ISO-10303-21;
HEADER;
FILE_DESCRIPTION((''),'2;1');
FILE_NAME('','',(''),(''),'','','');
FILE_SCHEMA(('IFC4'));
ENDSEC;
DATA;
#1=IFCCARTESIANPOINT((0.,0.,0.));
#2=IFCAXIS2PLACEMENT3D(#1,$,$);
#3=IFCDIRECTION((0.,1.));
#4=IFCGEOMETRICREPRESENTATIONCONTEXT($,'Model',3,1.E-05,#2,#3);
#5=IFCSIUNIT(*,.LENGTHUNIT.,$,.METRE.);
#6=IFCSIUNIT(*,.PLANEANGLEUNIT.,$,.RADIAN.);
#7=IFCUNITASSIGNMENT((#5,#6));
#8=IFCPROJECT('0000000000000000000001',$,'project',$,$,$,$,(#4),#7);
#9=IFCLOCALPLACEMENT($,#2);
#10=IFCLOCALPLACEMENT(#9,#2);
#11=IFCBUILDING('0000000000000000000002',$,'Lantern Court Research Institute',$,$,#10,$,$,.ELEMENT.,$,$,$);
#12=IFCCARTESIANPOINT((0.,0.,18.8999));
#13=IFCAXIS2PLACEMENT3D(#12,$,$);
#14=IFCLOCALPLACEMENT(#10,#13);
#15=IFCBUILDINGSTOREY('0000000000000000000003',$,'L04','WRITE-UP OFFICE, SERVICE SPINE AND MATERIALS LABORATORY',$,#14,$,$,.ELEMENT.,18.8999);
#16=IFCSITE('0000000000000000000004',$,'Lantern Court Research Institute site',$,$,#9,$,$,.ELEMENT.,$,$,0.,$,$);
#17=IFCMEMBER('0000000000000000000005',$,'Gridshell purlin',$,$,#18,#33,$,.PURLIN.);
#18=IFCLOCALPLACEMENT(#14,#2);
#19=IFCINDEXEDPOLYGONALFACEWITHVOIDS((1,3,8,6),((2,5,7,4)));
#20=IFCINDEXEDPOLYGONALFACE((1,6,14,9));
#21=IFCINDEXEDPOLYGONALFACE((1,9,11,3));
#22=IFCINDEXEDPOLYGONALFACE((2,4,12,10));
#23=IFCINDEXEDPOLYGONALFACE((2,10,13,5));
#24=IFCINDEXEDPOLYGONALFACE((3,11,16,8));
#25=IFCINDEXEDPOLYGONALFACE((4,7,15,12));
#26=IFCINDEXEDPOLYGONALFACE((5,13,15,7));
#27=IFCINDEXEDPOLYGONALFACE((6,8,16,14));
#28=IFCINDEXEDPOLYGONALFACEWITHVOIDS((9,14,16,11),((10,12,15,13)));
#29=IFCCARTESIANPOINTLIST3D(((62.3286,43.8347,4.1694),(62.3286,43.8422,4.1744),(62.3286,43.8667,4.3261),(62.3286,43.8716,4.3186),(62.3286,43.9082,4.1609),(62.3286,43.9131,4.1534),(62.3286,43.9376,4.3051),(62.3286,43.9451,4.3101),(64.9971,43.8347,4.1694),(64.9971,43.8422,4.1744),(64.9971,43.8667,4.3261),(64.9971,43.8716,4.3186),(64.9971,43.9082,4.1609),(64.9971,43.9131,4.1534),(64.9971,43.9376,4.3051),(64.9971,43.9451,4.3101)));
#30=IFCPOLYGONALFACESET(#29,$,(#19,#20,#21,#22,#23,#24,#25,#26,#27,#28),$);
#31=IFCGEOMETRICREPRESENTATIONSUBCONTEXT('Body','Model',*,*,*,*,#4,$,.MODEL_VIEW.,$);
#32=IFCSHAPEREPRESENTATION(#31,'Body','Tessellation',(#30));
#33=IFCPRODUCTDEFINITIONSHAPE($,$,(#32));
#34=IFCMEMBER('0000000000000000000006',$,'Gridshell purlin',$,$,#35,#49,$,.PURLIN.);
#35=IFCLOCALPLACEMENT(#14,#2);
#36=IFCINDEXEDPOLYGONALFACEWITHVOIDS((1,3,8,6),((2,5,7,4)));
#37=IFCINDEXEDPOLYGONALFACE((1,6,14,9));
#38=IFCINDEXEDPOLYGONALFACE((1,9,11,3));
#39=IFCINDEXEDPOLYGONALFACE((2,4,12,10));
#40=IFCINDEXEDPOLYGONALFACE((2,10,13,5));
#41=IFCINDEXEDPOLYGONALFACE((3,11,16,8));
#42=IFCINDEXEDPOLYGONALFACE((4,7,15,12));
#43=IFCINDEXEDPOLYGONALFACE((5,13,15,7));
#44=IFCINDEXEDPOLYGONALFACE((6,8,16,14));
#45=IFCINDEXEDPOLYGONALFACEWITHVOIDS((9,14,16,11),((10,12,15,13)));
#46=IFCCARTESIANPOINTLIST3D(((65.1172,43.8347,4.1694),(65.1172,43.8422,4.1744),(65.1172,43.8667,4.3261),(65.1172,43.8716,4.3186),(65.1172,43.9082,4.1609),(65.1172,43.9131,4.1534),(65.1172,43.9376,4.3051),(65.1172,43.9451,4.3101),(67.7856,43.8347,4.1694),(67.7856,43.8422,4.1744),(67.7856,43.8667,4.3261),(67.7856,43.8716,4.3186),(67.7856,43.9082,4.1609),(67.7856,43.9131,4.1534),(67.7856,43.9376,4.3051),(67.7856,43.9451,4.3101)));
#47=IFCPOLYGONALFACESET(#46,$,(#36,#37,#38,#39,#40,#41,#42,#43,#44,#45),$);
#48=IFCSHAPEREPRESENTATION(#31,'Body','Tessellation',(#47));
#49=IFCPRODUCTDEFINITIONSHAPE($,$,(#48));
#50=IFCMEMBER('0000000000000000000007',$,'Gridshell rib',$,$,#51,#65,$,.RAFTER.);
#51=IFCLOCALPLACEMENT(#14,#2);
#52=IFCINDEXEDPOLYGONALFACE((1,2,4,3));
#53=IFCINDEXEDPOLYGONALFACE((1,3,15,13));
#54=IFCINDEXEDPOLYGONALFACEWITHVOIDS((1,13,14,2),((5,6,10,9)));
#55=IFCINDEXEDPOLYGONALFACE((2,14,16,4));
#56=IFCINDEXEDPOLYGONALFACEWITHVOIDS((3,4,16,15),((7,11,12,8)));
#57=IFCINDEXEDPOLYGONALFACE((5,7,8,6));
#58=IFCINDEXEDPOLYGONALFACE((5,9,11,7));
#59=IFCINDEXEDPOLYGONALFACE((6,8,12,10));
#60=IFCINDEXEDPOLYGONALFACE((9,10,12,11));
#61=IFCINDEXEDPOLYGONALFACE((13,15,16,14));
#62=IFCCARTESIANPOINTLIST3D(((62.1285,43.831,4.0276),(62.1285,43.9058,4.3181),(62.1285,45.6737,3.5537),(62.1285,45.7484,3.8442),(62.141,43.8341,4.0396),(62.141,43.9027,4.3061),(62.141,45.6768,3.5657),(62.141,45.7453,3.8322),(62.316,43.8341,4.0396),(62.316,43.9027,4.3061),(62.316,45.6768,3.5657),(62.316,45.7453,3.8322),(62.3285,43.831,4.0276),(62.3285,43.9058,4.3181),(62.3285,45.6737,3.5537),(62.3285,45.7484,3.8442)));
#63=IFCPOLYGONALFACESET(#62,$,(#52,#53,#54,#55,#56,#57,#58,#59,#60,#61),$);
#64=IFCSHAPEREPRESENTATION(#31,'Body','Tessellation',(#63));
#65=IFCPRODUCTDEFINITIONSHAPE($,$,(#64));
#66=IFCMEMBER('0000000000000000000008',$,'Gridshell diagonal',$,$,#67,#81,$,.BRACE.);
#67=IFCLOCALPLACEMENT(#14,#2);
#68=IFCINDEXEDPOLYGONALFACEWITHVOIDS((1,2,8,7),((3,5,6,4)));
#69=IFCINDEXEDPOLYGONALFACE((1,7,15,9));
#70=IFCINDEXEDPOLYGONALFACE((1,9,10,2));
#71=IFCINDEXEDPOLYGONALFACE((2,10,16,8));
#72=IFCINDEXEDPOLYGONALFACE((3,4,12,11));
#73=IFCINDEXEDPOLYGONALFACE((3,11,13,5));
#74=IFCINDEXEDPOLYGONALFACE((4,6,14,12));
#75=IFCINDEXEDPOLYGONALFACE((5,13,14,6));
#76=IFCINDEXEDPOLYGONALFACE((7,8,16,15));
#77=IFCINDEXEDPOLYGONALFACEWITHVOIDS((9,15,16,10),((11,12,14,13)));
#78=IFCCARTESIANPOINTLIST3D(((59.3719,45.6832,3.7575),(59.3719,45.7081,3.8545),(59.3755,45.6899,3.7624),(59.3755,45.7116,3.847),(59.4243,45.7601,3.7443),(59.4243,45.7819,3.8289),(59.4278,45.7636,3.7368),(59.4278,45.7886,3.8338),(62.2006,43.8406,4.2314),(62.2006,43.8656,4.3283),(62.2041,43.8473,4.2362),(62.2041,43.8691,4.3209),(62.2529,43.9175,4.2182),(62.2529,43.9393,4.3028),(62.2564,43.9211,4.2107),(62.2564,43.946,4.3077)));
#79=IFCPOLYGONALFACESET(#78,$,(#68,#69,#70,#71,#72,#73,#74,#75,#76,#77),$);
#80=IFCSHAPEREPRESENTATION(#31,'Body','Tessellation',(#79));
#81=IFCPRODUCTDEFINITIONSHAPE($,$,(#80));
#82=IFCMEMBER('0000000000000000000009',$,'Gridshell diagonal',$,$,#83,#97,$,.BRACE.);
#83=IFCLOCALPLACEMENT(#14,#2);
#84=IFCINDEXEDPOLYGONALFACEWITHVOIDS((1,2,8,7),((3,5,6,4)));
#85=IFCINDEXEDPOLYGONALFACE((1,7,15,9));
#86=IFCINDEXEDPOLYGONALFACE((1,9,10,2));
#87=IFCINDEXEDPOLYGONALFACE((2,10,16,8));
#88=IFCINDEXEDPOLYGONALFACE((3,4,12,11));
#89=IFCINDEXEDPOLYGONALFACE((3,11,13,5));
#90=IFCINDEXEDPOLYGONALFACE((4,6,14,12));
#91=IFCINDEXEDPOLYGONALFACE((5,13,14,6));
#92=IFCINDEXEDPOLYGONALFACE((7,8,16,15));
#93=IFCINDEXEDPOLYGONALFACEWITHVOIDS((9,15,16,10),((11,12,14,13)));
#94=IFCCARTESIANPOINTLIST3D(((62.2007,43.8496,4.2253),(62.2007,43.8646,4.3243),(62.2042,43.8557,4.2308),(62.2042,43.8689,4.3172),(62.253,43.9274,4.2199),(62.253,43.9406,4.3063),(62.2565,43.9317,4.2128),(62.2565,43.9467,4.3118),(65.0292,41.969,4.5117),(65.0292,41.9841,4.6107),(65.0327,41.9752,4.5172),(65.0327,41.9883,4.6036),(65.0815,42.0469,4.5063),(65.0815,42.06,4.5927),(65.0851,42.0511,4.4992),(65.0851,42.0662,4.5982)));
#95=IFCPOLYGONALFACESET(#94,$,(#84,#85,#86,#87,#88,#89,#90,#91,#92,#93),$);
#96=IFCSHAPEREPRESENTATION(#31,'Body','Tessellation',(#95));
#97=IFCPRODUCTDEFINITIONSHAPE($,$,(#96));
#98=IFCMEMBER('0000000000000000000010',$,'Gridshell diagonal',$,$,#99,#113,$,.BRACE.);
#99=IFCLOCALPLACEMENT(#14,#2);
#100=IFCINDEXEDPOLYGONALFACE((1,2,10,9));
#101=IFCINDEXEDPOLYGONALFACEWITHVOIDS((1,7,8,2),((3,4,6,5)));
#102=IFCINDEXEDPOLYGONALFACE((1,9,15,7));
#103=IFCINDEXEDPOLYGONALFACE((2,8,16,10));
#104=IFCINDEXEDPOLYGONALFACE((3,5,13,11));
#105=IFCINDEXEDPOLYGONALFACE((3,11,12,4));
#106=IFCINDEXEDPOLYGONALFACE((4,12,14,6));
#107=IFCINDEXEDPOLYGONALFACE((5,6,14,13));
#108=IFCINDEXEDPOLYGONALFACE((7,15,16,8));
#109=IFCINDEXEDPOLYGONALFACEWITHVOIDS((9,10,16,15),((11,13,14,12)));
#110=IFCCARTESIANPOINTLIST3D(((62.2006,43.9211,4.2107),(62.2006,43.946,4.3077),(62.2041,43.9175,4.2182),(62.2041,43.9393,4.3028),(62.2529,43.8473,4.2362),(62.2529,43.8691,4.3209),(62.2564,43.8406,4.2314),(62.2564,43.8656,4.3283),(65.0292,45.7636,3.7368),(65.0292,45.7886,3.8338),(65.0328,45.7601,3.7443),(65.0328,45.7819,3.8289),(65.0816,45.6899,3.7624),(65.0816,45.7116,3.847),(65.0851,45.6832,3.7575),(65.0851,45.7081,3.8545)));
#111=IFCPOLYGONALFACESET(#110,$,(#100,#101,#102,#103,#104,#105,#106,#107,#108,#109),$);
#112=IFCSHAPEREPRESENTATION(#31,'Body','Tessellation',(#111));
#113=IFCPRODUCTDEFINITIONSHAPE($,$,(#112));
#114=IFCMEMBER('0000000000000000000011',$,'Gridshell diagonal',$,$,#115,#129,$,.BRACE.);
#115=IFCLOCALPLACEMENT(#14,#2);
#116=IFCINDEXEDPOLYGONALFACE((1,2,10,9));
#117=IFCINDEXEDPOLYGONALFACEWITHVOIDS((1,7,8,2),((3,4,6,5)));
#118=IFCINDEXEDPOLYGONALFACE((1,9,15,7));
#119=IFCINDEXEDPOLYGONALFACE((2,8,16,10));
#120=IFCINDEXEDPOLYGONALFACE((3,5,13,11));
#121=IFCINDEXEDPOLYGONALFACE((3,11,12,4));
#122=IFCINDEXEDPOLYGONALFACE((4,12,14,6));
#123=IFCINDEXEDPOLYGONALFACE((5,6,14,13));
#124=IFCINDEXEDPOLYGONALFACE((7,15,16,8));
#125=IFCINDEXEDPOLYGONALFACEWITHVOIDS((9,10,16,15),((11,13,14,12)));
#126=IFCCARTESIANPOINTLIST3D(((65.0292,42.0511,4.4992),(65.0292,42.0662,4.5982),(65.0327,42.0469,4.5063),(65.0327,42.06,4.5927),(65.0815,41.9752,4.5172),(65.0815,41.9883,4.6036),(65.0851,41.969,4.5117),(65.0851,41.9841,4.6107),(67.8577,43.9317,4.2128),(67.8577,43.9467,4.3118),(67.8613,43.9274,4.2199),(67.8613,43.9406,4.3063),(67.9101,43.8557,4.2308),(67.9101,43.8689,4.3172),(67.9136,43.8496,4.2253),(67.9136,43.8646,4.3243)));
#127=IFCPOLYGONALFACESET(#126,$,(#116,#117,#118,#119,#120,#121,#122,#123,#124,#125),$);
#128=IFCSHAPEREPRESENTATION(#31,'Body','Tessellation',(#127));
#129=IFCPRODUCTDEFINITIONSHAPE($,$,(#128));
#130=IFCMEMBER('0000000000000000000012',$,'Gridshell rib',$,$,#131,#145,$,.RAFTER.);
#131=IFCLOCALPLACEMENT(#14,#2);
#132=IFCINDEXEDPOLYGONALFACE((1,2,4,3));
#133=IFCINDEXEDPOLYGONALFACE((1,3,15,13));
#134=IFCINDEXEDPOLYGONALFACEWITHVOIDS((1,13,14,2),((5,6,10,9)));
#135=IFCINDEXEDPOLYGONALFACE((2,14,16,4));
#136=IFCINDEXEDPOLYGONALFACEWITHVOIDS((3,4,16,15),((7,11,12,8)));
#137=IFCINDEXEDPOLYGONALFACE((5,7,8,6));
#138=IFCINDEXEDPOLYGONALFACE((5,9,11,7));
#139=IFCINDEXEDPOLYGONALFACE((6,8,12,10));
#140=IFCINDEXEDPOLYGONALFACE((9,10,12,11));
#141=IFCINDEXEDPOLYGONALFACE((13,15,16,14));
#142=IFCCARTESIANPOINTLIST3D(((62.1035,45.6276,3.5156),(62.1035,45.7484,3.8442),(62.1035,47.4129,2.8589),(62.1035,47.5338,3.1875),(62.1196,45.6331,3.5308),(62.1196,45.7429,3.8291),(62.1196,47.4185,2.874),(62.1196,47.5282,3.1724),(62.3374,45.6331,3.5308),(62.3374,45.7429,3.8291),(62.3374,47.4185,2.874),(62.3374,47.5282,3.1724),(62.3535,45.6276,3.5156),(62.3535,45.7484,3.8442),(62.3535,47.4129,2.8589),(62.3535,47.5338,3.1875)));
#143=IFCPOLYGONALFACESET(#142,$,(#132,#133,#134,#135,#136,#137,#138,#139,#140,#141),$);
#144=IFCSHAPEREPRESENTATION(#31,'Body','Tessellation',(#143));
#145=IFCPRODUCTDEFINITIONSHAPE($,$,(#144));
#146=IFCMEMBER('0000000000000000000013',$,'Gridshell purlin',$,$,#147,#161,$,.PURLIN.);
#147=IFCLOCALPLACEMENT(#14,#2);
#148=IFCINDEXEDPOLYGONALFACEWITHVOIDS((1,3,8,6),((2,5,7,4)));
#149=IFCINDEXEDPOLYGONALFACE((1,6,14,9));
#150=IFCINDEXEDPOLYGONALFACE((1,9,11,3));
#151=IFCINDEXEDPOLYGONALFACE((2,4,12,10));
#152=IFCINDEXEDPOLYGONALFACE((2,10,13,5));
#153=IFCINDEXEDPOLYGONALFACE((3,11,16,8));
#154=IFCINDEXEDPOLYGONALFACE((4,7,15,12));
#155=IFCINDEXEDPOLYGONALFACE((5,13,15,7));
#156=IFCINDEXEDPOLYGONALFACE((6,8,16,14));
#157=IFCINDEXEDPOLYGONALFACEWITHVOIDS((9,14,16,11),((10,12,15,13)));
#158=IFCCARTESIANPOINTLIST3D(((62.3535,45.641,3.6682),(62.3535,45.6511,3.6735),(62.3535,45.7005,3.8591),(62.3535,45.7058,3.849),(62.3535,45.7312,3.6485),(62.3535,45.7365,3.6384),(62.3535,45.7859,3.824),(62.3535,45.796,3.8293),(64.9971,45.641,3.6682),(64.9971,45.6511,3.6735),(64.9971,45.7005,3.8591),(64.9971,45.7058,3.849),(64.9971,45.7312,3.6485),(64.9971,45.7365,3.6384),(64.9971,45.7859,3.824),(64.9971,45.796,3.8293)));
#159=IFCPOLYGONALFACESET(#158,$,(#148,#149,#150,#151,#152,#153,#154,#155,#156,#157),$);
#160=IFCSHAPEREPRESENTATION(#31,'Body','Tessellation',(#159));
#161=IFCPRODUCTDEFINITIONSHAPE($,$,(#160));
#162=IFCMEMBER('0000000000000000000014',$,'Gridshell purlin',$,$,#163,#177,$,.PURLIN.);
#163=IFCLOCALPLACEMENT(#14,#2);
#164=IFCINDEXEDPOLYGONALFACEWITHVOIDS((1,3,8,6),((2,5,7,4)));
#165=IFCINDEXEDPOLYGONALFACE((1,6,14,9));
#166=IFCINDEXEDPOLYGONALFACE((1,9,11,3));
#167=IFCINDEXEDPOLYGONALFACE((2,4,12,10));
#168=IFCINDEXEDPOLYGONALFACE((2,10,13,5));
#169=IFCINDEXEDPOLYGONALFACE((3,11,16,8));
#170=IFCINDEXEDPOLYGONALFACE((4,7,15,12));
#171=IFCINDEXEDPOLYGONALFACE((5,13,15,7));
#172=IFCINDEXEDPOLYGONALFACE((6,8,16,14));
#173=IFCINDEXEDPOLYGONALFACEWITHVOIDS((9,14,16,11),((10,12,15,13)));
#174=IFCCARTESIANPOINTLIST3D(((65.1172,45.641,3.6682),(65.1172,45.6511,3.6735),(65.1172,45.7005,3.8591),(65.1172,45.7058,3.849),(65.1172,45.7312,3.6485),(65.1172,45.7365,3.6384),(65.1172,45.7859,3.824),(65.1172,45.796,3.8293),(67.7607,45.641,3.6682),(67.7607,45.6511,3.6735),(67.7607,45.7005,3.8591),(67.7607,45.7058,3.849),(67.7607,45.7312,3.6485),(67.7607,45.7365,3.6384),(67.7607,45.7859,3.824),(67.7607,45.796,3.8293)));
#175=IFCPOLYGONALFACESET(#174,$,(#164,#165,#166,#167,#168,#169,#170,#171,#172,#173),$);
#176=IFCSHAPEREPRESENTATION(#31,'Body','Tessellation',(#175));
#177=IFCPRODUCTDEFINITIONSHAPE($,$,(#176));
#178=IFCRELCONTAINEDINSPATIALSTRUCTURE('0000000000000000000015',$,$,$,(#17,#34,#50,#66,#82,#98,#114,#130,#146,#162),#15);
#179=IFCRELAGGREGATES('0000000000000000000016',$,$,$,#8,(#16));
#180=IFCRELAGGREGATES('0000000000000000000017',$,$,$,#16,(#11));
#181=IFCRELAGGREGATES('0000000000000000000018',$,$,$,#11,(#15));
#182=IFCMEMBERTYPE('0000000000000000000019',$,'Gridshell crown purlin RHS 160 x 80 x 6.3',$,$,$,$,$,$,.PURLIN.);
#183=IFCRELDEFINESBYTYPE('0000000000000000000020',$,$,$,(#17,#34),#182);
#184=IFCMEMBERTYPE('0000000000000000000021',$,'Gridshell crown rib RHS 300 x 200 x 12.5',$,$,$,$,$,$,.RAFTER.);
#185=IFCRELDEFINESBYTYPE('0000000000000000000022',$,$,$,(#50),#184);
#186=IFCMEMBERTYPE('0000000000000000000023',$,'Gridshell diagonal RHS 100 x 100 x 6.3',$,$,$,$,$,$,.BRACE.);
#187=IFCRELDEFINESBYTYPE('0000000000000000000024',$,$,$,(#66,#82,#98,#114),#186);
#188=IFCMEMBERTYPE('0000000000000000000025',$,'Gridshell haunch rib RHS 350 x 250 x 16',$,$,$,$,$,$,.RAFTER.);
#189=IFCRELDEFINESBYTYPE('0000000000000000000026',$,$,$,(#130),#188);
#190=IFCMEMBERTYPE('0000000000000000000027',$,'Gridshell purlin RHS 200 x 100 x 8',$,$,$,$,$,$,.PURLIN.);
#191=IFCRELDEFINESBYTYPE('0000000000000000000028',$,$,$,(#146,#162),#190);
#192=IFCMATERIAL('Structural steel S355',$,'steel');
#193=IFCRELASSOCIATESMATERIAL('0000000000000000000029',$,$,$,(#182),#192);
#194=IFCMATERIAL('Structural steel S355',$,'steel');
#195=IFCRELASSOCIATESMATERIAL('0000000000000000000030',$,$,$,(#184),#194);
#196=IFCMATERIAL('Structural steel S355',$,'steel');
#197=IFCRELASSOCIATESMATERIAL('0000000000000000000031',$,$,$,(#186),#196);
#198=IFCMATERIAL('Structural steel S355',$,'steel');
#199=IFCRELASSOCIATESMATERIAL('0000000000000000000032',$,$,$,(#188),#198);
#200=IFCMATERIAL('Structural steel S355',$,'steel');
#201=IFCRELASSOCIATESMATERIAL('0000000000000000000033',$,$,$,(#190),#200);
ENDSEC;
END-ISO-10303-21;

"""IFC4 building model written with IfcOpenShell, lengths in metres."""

from ifc_helpers import new_model, si_unit, direction, frame, origin, origin_2d, place, context, subcontext, project, spatial, hollow_rectangle, extrude, material, material_profile, profile_set, type_object, element, save


model = new_model("IFC4")

# Units and contexts
model_context = context("Model", 3, precision=1e-05, world=origin(), true_north=direction((0.0, 1.0)))
body_context = subcontext(model_context, "Body", "Model", "MODEL_VIEW")
ifc_project = project(units=[si_unit("LENGTHUNIT", "METRE"), si_unit("PLANEANGLEUNIT", "RADIAN")], contexts=[model_context])

# Site, building, storey
site_placement = place(None, origin())
site = spatial("IfcSite", under=ifc_project, at=site_placement, Name="Lantern Court Research Institute site", CompositionType="ELEMENT", RefElevation=0.0)
building_placement = place(site_placement, origin())
building = spatial("IfcBuilding", under=site, at=building_placement, Name="Lantern Court Research Institute", CompositionType="ELEMENT")
storey_placement = place(building_placement, frame((0.0, 0.0, 18.8999)))
storey = spatial("IfcBuildingStorey", under=building, at=storey_placement, Name="L04", Description="WRITE-UP OFFICE, SERVICE SPINE AND MATERIALS LABORATORY", CompositionType="ELEMENT", Elevation=18.8999)

# Members
ifc_material_1 = material(Name="Structural steel S355", Category="steel")
ifc_material_profile_1 = material_profile(ifc_material_1, hollow_rectangle(XDim=0.0801, YDim=0.1599, WallThickness=0.0063, at=origin_2d()), Name="Gridshell crown purlin RHS 160 x 80 x 6.3")
ifc_profile_set_1 = profile_set([ifc_material_profile_1], Name="Structural steel S355")
member_type_1 = type_object("IfcMemberType", Name="Gridshell crown purlin RHS 160 x 80 x 6.3", PredefinedType="PURLIN", material=ifc_profile_set_1)
for number, where, z_axis, x_axis, name in (
    (1, (62.3286, 43.8899, 4.2397), (1.0, 0.0, 0.0), (0.0, 0.979787, -0.200043), "Gridshell purlin"),
    (2, (65.1172, 43.8899, 4.2397), (1.0, 0.0, 0.0), (0.0, 0.979787, -0.200043), "Gridshell purlin"),
):
    element("IfcMember", number, at=place(storey_placement, frame(where, z_axis=z_axis, x_axis=x_axis)), inside=storey, type_object=member_type_1, Name=name, PredefinedType="PURLIN", context=body_context, shape_type="SweptSolid", body=[
        extrude(hollow_rectangle(XDim=0.0801, YDim=0.1599, WallThickness=0.0063, at=origin_2d()), origin(), (0.0, 0.0, 1.0), 2.6685),
    ])
ifc_material_2 = material(Name="Structural steel S355", Category="steel")
ifc_material_profile_2 = material_profile(ifc_material_2, hollow_rectangle(XDim=0.2, YDim=0.3, WallThickness=0.0125, at=origin_2d()), Name="Gridshell crown rib RHS 300 x 200 x 12.5")
ifc_profile_set_2 = profile_set([ifc_material_profile_2], Name="Structural steel S355")
member_type_2 = type_object("IfcMemberType", Name="Gridshell crown rib RHS 300 x 200 x 12.5", PredefinedType="RAFTER", material=ifc_profile_set_2)
member_1_placement = place(storey_placement, frame((62.2285, 43.8684, 4.1729), z_axis=(0.0, 0.968482, -0.249082), x_axis=(-1.0, 0.0, 0.0)))
element("IfcMember", 3, at=member_1_placement, inside=storey, type_object=member_type_2, Name="Gridshell rib", PredefinedType="RAFTER", context=body_context, shape_type="SweptSolid", body=[
    extrude(hollow_rectangle(XDim=0.2, YDim=0.3, WallThickness=0.0125, at=origin_2d()), origin(), (0.0, 0.0, 1.0), 1.9026),
])
ifc_material_3 = material(Name="Structural steel S355", Category="steel")
ifc_material_profile_3 = material_profile(ifc_material_3, hollow_rectangle(XDim=0.1001, YDim=0.1001, WallThickness=0.0063, at=origin_2d()), Name="Gridshell diagonal RHS 100 x 100 x 6.3")
ifc_profile_set_3 = profile_set([ifc_material_profile_3], Name="Structural steel S355")
member_type_3 = type_object("IfcMemberType", Name="Gridshell diagonal RHS 100 x 100 x 6.3", PredefinedType="BRACE", material=ifc_profile_set_3)
member_2_placement = place(storey_placement, frame((62.2285, 43.8933, 4.2695), z_axis=(-0.829776, 0.540507, -0.139012), x_axis=(-0.558097, -0.803619, 0.206699)))
element("IfcMember", 4, at=member_2_placement, inside=storey, type_object=member_type_3, Name="Gridshell diagonal", PredefinedType="BRACE", context=body_context, shape_type="SweptSolid", body=[
    extrude(hollow_rectangle(XDim=0.1001, YDim=0.1001, WallThickness=0.0063, at=origin_2d()), origin(), (0.0, 0.0, 1.0), 3.4089),
])
member_3_placement = place(storey_placement, frame((65.0571, 42.0176, 4.5549), z_axis=(-0.829802, 0.551698, -0.084012), x_axis=(-0.558057, -0.820354, 0.124863)))
element("IfcMember", 5, at=member_3_placement, inside=storey, type_object=member_type_3, Name="Gridshell diagonal", PredefinedType="BRACE", context=body_context, shape_type="SweptSolid", body=[
    extrude(hollow_rectangle(XDim=0.1001, YDim=0.1001, WallThickness=0.0063, at=origin_2d()), origin(), (0.0, 0.0, 1.0), 3.4087),
])
member_4_placement = place(storey_placement, frame((62.2285, 43.8933, 4.2695), z_axis=(0.829776, 0.540507, -0.139012), x_axis=(-0.558097, 0.803619, -0.206699)))
element("IfcMember", 6, at=member_4_placement, inside=storey, type_object=member_type_3, Name="Gridshell diagonal", PredefinedType="BRACE", context=body_context, shape_type="SweptSolid", body=[
    extrude(hollow_rectangle(XDim=0.1001, YDim=0.1001, WallThickness=0.0063, at=origin_2d()), origin(), (0.0, 0.0, 1.0), 3.4089),
])
member_5_placement = place(storey_placement, frame((65.0571, 42.0176, 4.5549), z_axis=(0.829802, 0.551698, -0.084012), x_axis=(-0.558057, 0.820354, -0.124863)))
element("IfcMember", 7, at=member_5_placement, inside=storey, type_object=member_type_3, Name="Gridshell diagonal", PredefinedType="BRACE", context=body_context, shape_type="SweptSolid", body=[
    extrude(hollow_rectangle(XDim=0.1001, YDim=0.1001, WallThickness=0.0063, at=origin_2d()), origin(), (0.0, 0.0, 1.0), 3.4087),
])
ifc_material_4 = material(Name="Structural steel S355", Category="steel")
ifc_material_profile_4 = material_profile(ifc_material_4, hollow_rectangle(XDim=0.25, YDim=0.3501, WallThickness=0.0161, at=origin_2d()), Name="Gridshell haunch rib RHS 350 x 250 x 16")
ifc_profile_set_4 = profile_set([ifc_material_profile_4], Name="Structural steel S355")
member_type_4 = type_object("IfcMemberType", Name="Gridshell haunch rib RHS 350 x 250 x 16", PredefinedType="RAFTER", material=ifc_profile_set_4)
member_6_placement = place(storey_placement, frame((62.2285, 45.688, 3.6799), z_axis=(0.0, 0.93852, -0.345224), x_axis=(-1.0, 0.0, 0.0)))
element("IfcMember", 8, at=member_6_placement, inside=storey, type_object=member_type_4, Name="Gridshell rib", PredefinedType="RAFTER", context=body_context, shape_type="SweptSolid", body=[
    extrude(hollow_rectangle(XDim=0.25, YDim=0.3501, WallThickness=0.0161, at=origin_2d()), origin(), (0.0, 0.0, 1.0), 1.9023),
])
ifc_material_5 = material(Name="Structural steel S355", Category="steel")
ifc_material_profile_5 = material_profile(ifc_material_5, hollow_rectangle(XDim=0.1001, YDim=0.2, WallThickness=0.0081, at=origin_2d()), Name="Gridshell purlin RHS 200 x 100 x 8")
ifc_profile_set_5 = profile_set([ifc_material_profile_5], Name="Structural steel S355")
member_type_5 = type_object("IfcMemberType", Name="Gridshell purlin RHS 200 x 100 x 8", PredefinedType="PURLIN", material=ifc_profile_set_5)
for number, where, z_axis, x_axis, name in (
    (9, (62.3535, 45.7185, 3.7488), (1.0, 0.0, 0.0), (0.0, 0.954713, -0.297528), "Gridshell purlin"),
    (10, (65.1172, 45.7185, 3.7488), (1.0, 0.0, 0.0), (0.0, 0.954713, -0.297528), "Gridshell purlin"),
):
    element("IfcMember", number, at=place(storey_placement, frame(where, z_axis=z_axis, x_axis=x_axis)), inside=storey, type_object=member_type_5, Name=name, PredefinedType="PURLIN", context=body_context, shape_type="SweptSolid", body=[
        extrude(hollow_rectangle(XDim=0.1001, YDim=0.2, WallThickness=0.0081, at=origin_2d()), origin(), (0.0, 0.0, 1.0), 2.6436),
    ])

save(model, "model.ifc")
